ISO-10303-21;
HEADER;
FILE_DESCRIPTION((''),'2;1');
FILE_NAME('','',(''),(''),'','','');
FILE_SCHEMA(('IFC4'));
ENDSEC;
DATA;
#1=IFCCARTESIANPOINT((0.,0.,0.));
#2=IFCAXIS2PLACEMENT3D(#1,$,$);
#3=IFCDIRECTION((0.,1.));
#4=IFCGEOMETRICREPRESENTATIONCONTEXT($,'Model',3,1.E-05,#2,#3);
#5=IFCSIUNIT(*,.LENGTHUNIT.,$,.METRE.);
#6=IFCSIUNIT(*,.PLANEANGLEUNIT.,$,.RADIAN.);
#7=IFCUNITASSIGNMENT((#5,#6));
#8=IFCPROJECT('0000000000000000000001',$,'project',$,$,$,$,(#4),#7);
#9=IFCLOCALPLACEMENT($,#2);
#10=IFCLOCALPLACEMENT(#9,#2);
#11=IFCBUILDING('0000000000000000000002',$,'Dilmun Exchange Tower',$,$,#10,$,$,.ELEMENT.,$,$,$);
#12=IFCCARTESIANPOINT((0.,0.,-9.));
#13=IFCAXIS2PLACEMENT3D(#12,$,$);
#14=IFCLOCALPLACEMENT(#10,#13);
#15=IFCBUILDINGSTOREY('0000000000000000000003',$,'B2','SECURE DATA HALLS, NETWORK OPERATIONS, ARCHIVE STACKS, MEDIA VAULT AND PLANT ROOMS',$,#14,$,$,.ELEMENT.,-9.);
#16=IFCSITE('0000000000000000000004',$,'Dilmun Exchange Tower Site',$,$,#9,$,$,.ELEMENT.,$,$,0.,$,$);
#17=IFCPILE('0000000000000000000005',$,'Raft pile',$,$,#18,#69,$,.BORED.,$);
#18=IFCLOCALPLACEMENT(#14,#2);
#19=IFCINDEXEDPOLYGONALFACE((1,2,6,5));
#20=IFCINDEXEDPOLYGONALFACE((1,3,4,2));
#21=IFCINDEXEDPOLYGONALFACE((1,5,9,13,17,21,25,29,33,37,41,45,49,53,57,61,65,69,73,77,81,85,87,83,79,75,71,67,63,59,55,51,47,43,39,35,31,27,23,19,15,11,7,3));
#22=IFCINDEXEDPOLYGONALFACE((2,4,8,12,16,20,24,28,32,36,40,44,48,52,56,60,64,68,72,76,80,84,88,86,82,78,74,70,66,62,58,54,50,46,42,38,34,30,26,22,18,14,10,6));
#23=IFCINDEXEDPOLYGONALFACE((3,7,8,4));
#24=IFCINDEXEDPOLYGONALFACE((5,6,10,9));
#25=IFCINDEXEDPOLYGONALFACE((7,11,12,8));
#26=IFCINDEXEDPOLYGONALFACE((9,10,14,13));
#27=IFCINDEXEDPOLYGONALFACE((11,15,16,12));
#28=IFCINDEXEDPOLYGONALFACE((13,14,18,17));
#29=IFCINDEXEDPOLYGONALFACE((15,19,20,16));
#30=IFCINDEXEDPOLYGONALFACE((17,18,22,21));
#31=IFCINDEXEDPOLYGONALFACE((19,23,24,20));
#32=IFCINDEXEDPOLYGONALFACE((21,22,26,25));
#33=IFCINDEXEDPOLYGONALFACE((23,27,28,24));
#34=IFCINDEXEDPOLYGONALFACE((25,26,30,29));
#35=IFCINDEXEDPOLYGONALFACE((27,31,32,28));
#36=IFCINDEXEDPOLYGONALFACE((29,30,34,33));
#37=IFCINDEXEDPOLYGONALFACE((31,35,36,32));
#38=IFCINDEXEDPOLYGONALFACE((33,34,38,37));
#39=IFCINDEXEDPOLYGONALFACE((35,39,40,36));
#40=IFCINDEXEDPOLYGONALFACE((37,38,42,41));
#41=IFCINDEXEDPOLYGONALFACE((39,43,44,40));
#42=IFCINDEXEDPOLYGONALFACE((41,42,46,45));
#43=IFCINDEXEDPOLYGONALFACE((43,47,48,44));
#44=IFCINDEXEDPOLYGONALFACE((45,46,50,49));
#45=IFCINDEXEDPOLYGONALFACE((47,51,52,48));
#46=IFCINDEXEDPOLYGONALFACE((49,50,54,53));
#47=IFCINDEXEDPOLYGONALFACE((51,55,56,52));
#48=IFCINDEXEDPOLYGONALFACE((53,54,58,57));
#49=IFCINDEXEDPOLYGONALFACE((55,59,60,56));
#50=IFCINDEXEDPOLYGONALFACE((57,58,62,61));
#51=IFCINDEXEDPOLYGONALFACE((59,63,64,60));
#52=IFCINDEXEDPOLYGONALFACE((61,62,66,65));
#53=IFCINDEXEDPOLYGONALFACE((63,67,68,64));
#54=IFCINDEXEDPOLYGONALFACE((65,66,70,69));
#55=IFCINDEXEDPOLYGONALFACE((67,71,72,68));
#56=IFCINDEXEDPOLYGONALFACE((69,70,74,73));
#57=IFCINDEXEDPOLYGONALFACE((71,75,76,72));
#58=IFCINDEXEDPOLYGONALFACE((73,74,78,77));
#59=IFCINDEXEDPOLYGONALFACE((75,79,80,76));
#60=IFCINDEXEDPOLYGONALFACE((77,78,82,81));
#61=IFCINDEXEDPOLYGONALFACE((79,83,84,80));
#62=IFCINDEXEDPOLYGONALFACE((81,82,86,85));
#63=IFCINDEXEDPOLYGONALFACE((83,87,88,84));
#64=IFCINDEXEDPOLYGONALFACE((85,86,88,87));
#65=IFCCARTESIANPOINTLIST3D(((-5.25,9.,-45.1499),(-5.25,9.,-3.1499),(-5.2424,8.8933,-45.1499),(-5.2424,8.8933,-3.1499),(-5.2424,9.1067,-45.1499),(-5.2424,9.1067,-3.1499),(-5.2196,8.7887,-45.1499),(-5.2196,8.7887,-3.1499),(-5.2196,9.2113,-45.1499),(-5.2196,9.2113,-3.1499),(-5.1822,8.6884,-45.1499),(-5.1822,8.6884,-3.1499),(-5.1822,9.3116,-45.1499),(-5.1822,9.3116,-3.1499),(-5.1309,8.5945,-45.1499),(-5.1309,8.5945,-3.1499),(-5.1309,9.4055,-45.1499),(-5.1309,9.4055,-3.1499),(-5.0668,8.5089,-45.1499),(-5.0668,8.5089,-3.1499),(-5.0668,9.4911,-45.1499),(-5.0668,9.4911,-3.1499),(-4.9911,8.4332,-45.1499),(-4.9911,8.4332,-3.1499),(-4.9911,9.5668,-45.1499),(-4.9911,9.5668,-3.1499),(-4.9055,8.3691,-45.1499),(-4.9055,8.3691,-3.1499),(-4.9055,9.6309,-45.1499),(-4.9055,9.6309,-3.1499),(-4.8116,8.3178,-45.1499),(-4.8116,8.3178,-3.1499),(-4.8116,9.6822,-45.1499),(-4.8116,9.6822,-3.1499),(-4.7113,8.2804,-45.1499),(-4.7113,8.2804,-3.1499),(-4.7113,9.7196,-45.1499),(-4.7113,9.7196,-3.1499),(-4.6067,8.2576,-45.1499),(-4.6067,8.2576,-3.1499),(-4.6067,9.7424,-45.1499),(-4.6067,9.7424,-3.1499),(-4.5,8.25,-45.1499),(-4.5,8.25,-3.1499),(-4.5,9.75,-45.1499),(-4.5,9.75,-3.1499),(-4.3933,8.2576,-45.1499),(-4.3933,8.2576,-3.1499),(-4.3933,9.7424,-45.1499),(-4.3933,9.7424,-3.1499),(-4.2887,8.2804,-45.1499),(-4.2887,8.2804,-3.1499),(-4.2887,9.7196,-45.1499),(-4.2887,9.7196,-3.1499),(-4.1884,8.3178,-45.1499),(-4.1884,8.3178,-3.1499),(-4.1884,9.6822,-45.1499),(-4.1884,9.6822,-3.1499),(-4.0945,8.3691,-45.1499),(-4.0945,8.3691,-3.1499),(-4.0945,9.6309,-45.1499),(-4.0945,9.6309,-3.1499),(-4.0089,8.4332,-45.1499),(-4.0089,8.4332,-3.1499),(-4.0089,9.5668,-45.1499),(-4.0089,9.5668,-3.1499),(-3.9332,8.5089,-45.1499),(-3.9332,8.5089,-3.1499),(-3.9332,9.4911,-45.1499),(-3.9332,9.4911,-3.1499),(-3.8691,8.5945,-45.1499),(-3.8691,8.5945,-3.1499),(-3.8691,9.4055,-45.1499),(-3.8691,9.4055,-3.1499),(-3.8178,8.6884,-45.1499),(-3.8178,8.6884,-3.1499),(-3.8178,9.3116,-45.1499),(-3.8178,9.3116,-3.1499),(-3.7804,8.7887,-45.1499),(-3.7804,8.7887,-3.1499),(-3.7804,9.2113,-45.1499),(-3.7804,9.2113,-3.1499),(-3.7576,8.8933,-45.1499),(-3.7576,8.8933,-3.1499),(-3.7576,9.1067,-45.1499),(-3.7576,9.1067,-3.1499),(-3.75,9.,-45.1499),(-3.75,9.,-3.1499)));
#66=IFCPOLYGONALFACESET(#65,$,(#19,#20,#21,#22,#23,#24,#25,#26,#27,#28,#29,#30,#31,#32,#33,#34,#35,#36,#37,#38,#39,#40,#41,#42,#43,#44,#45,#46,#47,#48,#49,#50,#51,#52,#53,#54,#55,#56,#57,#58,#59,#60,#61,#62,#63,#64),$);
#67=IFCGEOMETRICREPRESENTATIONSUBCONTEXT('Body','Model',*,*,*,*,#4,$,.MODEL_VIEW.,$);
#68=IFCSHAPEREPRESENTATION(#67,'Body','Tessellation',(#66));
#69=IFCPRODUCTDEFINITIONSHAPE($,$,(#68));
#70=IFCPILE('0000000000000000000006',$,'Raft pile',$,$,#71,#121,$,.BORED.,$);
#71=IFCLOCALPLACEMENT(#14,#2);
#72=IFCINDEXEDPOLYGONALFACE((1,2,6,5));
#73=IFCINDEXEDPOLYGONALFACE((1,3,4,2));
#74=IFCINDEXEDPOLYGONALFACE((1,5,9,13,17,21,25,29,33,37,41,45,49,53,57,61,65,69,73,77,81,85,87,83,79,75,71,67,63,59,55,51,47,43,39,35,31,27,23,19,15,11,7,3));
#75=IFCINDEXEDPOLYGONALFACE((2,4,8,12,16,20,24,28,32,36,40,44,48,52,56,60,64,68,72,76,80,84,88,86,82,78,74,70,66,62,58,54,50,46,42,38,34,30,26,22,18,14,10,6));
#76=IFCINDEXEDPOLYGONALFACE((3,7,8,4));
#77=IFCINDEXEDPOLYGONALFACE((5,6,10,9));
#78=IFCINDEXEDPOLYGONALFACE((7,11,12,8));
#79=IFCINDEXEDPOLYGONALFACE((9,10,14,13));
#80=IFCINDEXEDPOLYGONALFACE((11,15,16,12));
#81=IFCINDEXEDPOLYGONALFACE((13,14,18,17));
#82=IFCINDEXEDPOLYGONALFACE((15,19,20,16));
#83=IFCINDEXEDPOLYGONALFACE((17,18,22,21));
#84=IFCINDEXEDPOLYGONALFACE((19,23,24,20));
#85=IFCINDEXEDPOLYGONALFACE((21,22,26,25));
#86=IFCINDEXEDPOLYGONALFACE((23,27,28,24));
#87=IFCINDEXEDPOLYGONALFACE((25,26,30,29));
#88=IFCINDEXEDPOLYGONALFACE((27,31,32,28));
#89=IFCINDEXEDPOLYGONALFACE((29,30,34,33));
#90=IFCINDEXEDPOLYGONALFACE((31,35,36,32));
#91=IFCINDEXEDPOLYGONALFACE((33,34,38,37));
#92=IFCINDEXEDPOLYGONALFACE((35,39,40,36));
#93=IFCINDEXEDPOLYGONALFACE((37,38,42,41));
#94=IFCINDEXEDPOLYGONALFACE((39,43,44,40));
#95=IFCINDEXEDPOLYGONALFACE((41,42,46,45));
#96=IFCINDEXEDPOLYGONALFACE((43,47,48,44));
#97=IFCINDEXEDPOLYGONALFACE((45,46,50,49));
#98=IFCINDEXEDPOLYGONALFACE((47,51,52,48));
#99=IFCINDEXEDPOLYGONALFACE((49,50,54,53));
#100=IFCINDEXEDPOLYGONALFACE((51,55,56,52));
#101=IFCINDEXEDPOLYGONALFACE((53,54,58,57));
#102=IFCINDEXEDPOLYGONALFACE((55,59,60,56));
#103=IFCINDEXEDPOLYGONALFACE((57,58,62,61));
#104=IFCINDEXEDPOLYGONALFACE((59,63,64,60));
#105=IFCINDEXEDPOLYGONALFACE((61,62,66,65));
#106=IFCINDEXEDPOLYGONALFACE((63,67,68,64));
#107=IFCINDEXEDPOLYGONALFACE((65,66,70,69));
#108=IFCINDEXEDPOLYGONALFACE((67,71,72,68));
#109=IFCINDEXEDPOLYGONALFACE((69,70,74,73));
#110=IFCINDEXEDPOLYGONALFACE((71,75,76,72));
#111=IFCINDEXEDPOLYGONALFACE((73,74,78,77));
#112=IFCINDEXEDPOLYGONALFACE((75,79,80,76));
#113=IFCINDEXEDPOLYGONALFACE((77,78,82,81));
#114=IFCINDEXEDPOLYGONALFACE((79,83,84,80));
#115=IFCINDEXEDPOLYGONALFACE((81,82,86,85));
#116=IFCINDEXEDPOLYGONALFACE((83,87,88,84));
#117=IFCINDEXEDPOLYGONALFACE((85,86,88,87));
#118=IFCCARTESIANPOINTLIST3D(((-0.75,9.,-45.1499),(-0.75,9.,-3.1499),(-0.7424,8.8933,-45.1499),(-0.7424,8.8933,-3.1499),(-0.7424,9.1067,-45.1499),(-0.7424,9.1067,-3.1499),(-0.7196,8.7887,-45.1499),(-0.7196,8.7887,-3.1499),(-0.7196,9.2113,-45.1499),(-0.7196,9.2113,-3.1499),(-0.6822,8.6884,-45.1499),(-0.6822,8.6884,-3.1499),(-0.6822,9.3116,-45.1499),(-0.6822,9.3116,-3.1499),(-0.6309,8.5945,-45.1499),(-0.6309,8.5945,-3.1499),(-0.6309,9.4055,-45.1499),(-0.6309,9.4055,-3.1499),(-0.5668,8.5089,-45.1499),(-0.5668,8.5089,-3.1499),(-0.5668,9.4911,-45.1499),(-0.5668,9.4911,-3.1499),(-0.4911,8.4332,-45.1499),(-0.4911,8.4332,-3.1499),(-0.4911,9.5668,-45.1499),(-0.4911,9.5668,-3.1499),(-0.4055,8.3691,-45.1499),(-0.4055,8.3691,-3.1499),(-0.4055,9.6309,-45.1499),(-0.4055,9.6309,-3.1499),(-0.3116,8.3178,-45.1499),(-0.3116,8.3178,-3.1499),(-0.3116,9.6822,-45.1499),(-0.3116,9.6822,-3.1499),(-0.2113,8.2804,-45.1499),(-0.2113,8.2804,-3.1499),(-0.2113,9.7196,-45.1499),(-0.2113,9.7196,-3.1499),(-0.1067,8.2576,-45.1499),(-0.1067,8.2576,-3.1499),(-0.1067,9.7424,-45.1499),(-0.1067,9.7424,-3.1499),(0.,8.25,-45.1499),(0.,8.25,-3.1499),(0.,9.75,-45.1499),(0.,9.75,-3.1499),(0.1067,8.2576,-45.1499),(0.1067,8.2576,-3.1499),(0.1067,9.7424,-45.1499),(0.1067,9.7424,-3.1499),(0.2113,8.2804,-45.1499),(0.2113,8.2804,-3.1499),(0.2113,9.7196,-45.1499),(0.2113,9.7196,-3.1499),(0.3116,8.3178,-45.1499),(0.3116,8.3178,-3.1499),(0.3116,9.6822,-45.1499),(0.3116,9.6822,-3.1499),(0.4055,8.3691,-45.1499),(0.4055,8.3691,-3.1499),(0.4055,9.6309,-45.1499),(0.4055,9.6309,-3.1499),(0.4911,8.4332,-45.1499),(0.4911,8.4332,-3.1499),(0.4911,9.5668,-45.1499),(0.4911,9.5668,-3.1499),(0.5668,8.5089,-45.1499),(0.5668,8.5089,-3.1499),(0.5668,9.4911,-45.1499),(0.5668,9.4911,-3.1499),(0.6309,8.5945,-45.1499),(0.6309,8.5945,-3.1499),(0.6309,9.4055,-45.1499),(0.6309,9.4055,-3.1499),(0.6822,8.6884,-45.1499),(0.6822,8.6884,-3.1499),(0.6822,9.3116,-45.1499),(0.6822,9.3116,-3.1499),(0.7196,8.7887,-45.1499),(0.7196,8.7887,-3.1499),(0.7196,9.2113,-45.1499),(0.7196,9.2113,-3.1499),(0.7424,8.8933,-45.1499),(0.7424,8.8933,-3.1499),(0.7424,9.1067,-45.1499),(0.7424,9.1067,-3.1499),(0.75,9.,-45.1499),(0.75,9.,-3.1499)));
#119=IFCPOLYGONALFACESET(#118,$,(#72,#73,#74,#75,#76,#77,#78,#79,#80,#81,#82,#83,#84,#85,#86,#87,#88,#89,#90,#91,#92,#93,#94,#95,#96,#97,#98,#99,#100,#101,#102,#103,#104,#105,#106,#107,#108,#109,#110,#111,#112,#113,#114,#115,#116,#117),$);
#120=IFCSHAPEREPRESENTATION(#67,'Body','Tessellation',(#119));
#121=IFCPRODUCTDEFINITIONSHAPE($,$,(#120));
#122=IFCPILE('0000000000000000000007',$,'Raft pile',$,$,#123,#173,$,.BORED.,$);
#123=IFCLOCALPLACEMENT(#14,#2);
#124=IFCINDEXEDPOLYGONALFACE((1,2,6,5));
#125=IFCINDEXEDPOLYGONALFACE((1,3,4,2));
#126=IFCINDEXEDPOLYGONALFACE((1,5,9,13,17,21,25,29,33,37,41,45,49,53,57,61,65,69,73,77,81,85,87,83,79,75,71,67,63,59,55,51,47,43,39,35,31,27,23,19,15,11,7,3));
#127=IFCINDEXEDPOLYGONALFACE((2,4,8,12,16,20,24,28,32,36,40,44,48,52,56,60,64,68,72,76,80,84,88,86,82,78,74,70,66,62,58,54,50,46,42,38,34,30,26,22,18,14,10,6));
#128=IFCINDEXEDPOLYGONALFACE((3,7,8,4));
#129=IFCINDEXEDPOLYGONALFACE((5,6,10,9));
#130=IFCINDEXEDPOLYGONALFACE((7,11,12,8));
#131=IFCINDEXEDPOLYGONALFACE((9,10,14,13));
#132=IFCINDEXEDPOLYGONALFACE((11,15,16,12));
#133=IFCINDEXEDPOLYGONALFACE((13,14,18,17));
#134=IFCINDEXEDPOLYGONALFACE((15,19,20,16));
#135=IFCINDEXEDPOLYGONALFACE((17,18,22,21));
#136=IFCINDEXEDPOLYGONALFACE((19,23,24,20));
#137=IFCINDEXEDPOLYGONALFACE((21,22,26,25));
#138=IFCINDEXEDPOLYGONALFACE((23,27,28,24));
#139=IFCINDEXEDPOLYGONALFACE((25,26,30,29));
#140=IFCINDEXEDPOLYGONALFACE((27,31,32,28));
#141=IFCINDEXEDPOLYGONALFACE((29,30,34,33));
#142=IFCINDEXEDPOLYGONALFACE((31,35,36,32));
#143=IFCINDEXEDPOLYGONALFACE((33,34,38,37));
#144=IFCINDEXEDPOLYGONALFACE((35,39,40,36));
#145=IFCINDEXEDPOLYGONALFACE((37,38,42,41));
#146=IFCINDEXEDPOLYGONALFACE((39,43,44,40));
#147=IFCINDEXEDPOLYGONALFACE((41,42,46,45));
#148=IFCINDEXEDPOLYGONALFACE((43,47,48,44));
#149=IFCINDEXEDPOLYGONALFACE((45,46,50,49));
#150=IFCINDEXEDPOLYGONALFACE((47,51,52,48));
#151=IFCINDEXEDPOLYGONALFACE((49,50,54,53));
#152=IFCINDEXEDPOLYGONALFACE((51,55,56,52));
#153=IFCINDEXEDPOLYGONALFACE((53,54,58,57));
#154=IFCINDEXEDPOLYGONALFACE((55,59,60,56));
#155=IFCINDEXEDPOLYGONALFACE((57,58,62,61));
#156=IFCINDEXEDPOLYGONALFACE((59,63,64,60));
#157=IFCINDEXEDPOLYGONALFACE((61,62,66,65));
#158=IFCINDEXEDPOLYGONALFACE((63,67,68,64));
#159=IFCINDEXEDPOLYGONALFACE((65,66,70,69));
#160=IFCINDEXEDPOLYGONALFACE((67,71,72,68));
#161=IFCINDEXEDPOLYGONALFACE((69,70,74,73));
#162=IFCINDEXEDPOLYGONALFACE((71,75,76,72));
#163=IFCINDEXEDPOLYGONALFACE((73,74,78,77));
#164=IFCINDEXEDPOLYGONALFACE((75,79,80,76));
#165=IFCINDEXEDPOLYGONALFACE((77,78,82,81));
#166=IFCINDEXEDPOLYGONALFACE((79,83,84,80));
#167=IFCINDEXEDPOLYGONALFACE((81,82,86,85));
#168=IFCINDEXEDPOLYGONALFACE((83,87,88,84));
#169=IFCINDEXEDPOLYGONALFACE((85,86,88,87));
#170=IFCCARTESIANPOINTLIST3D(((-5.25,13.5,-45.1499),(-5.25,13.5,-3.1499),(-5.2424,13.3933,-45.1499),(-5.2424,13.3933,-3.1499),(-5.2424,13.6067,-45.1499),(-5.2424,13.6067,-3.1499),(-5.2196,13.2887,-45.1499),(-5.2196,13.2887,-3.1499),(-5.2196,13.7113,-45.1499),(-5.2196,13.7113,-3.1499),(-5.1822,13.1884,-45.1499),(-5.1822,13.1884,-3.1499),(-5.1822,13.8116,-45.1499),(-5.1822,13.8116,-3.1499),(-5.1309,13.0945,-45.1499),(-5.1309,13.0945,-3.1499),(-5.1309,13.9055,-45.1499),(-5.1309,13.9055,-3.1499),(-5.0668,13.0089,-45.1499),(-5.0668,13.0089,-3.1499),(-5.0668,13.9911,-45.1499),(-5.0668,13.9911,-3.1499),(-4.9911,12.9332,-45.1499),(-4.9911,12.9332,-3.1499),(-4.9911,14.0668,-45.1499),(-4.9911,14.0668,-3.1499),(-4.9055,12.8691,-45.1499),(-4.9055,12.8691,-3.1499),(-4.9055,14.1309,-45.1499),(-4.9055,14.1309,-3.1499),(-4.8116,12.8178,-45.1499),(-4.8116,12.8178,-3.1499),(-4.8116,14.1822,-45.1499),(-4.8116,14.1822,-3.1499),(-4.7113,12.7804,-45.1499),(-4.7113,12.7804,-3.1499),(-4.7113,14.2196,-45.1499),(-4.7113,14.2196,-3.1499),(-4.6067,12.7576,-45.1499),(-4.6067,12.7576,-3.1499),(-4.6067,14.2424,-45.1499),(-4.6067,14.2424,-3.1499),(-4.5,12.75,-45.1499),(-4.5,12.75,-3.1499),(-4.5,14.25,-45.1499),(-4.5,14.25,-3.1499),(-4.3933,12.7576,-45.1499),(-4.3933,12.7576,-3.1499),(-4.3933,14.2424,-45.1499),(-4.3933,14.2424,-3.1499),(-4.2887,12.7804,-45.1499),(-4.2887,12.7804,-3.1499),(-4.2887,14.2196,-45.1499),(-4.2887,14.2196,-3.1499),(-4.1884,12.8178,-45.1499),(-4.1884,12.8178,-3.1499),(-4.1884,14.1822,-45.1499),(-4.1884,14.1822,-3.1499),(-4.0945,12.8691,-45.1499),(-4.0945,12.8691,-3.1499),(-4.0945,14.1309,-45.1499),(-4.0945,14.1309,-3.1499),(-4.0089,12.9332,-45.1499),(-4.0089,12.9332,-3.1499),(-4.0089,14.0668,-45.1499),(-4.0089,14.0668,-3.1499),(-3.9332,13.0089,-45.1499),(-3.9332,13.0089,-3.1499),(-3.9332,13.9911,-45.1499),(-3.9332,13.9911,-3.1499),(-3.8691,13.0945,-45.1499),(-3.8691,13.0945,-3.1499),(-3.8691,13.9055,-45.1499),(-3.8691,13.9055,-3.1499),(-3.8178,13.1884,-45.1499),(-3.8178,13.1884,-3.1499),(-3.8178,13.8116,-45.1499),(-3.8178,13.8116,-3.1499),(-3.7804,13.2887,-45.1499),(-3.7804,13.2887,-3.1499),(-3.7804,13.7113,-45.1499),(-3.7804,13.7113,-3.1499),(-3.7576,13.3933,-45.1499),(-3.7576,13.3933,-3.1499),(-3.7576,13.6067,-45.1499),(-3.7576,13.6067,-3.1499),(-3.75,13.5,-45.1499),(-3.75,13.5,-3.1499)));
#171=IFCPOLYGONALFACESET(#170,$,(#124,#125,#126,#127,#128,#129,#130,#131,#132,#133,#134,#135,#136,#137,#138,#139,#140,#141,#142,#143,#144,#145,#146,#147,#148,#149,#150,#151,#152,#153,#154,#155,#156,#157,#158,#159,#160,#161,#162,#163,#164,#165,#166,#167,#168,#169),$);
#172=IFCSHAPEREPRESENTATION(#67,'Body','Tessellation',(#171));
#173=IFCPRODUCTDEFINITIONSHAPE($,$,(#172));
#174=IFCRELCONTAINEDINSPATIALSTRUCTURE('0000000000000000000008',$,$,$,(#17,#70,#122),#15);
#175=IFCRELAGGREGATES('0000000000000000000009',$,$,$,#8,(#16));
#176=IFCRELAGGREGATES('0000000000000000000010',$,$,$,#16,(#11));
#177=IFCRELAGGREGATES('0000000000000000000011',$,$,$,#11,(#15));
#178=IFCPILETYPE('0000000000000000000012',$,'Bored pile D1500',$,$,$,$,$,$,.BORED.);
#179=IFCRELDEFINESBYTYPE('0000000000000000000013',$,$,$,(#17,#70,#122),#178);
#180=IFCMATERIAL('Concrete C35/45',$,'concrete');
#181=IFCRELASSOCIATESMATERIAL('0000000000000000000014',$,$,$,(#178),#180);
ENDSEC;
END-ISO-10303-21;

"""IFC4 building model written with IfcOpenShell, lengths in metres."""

from ifc_helpers import new_model, si_unit, direction, frame, origin, origin_2d, place, context, subcontext, project, spatial, circle, extrude, material, material_profile, profile_set, type_object, element, save


model = new_model("IFC4")

# Units and contexts
model_context = context("Model", 3, precision=1e-05, world=origin(), true_north=direction((0.0, 1.0)))
body_context = subcontext(model_context, "Body", "Model", "MODEL_VIEW")
ifc_project = project(units=[si_unit("LENGTHUNIT", "METRE"), si_unit("PLANEANGLEUNIT", "RADIAN")], contexts=[model_context])

# Site, building, storey
site_placement = place(None, origin())
site = spatial("IfcSite", under=ifc_project, at=site_placement, Name="Dilmun Exchange Tower Site", CompositionType="ELEMENT", RefElevation=0.0)
building_placement = place(site_placement, origin())
building = spatial("IfcBuilding", under=site, at=building_placement, Name="Dilmun Exchange Tower", CompositionType="ELEMENT")
storey_placement = place(building_placement, frame((0.0, 0.0, -9.0)))
storey = spatial("IfcBuildingStorey", under=building, at=storey_placement, Name="B2", Description="SECURE DATA HALLS, NETWORK OPERATIONS, ARCHIVE STACKS, MEDIA VAULT AND PLANT ROOMS", CompositionType="ELEMENT", Elevation=-9.0)

# Piles
ifc_material_1 = material(Name="Concrete C35/45", Category="concrete")
ifc_material_profile = material_profile(ifc_material_1, circle(Radius=0.75, at=origin_2d()), Name="D1500")
ifc_profile_set = profile_set([ifc_material_profile], Name="Concrete C35/45")
pile_type = type_object("IfcPileType", Name="Bored pile D1500", PredefinedType="BORED", material=ifc_profile_set)
for number, where, z_axis, x_axis, name in (
    (1, (-4.5, 9.0, -3.1499), (0.0, 0.0, -1.0), (1.0, 0.0, 0.0), "Raft pile"),
    (2, (0.0, 9.0, -3.1499), (0.0, 0.0, -1.0), (1.0, 0.0, 0.0), "Raft pile"),
    (3, (-4.5, 13.5, -3.1499), (0.0, 0.0, -1.0), (1.0, 0.0, 0.0), "Raft pile"),
):
    element("IfcPile", number, at=place(storey_placement, frame(where, z_axis=z_axis, x_axis=x_axis)), inside=storey, type_object=pile_type, Name=name, PredefinedType="BORED", context=body_context, shape_type="SweptSolid", body=[
        extrude(circle(Radius=0.75, at=origin_2d()), origin(), (0.0, 0.0, 1.0), 42.0),
    ])

save(model, "model.ifc")
